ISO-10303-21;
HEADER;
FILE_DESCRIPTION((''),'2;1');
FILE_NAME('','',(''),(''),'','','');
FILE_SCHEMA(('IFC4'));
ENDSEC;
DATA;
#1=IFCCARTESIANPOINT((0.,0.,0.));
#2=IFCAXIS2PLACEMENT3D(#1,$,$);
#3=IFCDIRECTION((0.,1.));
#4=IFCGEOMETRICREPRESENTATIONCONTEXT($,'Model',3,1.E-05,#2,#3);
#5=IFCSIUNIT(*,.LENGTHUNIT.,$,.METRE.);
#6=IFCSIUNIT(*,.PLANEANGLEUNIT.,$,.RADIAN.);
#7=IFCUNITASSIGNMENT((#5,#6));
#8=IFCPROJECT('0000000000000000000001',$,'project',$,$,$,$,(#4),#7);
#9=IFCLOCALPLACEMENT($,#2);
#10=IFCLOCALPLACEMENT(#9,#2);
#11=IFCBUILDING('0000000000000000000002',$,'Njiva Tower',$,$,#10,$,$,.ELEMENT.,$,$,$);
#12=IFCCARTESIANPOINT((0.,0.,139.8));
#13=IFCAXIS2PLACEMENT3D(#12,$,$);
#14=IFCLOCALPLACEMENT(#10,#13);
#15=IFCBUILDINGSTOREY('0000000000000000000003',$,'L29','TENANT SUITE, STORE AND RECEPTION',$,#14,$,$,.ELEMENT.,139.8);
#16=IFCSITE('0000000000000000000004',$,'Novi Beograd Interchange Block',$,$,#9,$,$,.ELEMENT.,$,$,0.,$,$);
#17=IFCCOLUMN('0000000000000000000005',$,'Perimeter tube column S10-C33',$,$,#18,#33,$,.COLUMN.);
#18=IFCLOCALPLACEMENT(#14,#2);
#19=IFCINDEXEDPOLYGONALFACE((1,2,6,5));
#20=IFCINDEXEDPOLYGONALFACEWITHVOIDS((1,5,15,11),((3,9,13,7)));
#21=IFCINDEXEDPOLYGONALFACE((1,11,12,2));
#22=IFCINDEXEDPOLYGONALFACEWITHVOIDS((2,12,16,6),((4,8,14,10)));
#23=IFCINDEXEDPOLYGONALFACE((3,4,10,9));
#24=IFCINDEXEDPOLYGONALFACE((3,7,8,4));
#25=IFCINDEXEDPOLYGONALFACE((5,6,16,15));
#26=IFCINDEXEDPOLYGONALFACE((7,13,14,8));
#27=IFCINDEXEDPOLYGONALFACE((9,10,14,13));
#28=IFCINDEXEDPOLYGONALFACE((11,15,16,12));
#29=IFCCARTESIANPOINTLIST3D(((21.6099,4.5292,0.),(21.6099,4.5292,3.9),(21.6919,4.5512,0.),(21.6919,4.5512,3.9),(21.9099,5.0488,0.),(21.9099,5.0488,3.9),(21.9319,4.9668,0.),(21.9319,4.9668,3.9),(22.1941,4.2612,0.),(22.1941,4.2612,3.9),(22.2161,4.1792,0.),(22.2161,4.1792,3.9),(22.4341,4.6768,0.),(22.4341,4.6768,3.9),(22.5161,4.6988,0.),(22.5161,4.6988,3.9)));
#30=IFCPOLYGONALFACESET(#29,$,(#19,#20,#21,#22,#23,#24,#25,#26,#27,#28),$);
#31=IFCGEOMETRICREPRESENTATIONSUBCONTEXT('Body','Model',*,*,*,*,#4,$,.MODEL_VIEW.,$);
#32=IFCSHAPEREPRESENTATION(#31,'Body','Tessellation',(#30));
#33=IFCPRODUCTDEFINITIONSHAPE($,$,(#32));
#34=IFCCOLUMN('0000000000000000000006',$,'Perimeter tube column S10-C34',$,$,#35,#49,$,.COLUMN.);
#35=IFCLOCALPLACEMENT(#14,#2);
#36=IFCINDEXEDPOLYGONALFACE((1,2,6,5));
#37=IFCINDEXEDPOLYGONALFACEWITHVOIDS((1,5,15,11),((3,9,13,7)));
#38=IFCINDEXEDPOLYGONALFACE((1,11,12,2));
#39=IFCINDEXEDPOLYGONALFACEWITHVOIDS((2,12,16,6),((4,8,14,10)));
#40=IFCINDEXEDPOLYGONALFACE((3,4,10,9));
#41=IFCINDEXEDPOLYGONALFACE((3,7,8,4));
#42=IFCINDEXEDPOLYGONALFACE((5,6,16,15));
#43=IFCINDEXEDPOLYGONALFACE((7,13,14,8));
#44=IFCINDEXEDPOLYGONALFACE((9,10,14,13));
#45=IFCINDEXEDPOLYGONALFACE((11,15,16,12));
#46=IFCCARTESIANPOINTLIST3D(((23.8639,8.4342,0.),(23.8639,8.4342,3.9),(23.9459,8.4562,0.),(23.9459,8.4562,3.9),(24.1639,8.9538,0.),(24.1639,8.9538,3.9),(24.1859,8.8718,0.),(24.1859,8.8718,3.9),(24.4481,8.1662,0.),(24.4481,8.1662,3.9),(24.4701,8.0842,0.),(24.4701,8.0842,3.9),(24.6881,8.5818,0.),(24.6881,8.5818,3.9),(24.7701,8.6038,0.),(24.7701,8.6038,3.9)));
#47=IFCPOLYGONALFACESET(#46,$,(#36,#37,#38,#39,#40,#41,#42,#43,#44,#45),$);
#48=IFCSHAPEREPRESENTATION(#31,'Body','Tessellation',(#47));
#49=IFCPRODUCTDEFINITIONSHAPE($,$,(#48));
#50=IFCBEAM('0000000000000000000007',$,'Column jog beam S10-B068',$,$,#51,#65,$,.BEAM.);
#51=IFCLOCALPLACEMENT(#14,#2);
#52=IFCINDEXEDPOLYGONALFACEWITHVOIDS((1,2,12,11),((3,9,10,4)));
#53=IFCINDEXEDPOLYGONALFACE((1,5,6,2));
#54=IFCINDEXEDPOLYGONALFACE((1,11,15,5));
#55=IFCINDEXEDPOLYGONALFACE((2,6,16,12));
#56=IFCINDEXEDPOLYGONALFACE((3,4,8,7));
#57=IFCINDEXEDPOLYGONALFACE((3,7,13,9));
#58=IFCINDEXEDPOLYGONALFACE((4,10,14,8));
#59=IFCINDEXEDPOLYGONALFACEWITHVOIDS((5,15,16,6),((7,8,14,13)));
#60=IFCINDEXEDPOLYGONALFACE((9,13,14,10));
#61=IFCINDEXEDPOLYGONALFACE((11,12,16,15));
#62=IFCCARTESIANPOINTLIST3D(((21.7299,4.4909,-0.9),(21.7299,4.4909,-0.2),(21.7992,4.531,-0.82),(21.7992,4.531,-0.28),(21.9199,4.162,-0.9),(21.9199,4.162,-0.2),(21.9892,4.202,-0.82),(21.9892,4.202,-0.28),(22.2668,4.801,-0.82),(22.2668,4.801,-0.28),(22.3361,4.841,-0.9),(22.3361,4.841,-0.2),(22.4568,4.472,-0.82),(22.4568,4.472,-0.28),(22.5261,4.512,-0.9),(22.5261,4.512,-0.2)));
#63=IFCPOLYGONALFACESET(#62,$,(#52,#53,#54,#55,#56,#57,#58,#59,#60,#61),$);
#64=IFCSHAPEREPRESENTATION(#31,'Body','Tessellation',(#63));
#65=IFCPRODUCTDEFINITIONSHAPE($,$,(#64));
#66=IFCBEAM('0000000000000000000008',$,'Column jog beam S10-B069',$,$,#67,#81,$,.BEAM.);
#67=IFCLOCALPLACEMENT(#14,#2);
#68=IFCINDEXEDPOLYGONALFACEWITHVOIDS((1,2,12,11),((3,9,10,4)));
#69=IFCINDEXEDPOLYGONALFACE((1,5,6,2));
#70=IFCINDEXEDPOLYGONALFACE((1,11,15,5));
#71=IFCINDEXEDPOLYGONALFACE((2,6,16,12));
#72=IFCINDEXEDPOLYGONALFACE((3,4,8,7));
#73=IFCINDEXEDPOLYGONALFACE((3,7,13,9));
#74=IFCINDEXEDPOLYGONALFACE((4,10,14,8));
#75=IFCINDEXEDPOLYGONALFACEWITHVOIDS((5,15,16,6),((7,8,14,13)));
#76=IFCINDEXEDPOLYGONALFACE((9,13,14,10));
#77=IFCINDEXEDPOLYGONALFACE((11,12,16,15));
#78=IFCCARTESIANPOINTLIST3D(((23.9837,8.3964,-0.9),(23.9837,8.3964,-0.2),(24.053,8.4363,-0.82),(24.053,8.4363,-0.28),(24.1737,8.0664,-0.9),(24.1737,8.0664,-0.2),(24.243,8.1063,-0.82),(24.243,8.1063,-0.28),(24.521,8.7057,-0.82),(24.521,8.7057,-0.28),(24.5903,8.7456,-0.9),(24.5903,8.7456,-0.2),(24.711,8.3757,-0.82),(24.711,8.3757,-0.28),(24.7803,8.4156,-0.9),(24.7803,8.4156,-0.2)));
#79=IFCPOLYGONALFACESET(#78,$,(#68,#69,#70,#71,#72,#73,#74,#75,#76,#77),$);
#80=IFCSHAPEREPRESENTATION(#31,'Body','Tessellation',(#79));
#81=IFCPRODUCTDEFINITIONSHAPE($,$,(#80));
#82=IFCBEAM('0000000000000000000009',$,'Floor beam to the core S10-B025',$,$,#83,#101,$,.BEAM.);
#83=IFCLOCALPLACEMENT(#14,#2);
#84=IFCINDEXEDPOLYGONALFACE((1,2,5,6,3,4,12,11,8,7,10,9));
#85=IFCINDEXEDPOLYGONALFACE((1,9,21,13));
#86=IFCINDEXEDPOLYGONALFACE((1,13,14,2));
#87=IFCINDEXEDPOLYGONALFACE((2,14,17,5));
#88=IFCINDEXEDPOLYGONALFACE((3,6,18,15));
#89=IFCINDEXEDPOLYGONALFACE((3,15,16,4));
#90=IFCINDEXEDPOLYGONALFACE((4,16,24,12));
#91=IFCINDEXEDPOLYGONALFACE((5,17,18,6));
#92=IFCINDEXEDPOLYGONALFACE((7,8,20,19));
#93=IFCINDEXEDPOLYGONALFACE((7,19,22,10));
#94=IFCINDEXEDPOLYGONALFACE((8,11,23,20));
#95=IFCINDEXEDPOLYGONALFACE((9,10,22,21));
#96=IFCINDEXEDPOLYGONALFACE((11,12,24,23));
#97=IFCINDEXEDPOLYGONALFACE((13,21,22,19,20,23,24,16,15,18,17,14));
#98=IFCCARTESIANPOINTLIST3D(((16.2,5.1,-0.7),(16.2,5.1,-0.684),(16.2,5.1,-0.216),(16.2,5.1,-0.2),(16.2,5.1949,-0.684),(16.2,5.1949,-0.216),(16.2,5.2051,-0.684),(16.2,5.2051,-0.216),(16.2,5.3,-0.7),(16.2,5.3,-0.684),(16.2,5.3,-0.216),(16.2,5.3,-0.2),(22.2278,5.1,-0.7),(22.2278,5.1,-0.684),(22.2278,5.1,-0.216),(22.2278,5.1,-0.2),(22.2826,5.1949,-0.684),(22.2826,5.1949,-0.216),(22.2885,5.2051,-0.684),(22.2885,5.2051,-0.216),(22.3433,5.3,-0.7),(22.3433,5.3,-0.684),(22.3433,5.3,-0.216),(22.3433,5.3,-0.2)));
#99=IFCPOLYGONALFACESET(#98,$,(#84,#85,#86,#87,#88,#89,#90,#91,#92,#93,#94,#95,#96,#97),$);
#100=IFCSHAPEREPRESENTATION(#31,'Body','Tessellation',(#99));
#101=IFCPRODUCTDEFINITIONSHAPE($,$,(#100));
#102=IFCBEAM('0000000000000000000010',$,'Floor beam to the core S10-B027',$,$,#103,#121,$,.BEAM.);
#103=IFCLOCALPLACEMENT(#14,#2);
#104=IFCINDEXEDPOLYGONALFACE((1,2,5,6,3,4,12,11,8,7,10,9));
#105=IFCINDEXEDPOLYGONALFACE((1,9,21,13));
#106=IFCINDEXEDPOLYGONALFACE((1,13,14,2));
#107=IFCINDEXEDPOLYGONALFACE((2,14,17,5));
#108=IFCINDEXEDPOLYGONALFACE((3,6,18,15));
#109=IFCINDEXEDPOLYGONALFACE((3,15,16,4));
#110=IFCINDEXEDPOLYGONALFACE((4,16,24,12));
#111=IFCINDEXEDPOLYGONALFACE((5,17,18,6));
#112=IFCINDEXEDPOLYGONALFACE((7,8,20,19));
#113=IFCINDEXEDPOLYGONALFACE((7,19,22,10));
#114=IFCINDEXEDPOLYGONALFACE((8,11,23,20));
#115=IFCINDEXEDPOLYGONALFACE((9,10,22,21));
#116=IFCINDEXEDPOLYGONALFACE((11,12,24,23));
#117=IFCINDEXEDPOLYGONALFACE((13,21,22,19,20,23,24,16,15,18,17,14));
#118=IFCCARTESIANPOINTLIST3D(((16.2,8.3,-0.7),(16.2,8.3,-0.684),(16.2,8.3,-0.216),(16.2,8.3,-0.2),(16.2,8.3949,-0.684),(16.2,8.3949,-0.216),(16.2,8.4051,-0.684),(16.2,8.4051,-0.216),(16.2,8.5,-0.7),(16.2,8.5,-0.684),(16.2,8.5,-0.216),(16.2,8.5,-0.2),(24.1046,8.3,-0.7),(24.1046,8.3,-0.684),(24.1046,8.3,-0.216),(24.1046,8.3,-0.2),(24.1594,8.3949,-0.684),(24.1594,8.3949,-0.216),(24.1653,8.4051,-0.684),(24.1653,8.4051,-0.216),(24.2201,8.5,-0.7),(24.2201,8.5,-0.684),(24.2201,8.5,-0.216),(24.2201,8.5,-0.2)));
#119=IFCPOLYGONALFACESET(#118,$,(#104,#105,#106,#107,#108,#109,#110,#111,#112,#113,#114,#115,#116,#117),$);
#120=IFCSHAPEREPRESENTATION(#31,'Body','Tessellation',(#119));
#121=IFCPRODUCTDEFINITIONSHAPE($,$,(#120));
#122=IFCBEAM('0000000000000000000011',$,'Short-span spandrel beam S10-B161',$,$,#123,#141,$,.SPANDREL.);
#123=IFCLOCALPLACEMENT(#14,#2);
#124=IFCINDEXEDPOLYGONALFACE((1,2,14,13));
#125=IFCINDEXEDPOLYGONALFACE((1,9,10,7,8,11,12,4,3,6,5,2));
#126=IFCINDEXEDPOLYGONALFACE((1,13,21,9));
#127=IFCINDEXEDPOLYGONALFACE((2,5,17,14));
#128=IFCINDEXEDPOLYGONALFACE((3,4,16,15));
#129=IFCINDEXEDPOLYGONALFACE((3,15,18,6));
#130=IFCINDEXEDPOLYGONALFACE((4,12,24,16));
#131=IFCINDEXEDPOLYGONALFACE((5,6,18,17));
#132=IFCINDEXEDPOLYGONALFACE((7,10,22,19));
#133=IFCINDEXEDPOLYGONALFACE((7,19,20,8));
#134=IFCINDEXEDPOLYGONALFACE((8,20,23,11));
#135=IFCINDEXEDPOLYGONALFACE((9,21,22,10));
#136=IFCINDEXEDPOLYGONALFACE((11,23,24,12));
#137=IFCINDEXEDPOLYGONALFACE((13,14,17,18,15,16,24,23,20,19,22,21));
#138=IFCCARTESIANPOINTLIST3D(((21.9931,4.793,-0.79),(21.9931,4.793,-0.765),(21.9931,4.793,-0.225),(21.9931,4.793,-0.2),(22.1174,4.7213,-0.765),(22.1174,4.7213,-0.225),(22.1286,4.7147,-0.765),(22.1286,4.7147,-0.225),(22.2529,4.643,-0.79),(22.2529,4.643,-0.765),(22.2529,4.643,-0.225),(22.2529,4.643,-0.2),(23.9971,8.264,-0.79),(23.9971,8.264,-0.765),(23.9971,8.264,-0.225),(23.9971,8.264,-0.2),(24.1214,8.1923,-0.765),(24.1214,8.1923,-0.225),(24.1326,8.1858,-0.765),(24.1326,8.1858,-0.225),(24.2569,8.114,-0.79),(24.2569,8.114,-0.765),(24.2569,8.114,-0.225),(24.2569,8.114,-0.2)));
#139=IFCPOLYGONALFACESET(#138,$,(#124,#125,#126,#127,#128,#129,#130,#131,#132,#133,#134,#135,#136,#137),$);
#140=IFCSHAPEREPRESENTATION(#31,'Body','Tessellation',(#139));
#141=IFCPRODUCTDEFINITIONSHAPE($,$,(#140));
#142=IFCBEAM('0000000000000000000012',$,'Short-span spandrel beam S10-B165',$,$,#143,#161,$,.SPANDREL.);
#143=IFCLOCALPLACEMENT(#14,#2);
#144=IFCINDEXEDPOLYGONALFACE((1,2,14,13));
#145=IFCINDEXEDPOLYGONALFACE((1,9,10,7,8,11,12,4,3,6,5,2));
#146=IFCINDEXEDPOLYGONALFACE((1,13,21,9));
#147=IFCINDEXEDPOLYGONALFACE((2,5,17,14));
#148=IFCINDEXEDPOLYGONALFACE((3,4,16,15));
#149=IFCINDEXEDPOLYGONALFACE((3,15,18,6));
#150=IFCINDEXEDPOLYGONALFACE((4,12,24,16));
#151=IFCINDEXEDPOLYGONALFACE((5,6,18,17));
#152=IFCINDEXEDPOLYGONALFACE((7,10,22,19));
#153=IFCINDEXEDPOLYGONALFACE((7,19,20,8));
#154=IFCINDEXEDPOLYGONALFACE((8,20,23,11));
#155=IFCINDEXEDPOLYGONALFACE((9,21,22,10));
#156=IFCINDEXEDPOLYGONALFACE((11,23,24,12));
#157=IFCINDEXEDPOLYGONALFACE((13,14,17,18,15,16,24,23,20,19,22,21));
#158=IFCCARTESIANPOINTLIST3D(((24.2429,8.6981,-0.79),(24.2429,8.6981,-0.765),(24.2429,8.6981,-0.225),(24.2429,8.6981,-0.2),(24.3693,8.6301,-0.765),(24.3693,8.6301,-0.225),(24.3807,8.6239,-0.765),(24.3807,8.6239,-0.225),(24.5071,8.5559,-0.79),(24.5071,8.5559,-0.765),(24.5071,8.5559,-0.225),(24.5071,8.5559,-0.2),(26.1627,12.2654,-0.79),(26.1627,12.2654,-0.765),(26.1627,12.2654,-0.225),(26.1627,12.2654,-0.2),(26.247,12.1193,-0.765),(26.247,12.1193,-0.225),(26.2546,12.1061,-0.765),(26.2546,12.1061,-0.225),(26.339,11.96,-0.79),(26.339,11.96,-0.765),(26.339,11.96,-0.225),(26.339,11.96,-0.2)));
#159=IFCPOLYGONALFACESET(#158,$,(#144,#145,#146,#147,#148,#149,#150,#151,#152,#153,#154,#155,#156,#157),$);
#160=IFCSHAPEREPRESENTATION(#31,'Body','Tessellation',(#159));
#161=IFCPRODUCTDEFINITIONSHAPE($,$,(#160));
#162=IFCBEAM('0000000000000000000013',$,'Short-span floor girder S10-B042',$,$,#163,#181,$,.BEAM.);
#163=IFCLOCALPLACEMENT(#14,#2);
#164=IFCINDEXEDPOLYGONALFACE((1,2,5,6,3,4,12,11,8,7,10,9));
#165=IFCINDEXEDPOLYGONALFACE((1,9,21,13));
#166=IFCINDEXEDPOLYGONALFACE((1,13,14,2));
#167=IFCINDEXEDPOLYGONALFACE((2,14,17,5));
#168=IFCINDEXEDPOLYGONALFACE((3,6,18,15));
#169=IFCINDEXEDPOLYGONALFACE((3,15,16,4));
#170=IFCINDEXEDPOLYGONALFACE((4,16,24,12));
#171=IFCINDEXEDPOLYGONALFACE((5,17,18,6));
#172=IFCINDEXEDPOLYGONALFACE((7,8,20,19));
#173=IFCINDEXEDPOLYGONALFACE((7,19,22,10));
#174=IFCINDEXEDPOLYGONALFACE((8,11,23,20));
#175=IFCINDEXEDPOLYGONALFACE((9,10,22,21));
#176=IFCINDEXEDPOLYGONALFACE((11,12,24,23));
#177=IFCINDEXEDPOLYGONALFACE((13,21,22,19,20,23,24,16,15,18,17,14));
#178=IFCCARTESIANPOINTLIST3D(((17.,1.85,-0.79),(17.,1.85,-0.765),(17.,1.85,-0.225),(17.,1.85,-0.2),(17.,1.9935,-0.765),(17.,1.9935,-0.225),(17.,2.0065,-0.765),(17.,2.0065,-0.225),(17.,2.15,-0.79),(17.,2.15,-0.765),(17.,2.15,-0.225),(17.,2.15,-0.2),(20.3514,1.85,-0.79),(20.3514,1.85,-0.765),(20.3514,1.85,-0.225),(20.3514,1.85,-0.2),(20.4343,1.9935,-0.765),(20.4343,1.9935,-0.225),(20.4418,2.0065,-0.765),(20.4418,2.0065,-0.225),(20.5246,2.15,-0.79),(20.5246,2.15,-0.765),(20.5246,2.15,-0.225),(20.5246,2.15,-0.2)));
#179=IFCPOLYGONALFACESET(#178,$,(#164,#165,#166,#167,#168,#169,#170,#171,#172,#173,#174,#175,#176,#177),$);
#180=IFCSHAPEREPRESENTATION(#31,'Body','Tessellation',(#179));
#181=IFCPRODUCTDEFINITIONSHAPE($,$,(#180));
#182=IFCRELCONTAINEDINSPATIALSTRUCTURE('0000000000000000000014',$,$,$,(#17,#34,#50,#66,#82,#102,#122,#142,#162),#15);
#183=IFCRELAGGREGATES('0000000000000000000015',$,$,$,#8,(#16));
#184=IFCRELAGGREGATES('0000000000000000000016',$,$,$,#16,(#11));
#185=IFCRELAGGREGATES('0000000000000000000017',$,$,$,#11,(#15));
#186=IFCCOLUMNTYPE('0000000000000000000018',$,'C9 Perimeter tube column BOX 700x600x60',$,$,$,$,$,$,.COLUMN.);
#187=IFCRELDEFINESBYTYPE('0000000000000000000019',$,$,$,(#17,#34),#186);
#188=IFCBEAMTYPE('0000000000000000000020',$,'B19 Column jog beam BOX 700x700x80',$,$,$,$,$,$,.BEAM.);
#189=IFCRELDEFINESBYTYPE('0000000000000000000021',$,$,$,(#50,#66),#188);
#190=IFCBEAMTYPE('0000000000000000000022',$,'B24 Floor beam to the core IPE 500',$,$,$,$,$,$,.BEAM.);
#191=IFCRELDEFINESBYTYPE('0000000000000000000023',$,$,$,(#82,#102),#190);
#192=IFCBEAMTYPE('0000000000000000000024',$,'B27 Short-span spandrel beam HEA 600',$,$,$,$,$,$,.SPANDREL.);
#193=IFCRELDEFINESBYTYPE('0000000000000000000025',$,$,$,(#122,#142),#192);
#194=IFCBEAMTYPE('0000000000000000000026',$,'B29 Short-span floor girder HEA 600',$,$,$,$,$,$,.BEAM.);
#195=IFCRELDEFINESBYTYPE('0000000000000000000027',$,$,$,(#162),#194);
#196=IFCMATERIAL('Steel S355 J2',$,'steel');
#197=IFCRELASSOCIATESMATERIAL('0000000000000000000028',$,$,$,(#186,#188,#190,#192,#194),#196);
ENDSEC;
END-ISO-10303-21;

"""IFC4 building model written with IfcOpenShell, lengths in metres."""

from ifc_helpers import new_model, si_unit, direction, frame, origin, origin_2d, place, context, subcontext, project, spatial, hollow_rectangle, i_section, extrude, clip, halfspace, material, material_profile, profile_set, type_object, element, save


model = new_model("IFC4")

# Units and contexts
model_context = context("Model", 3, precision=1e-05, world=origin(), true_north=direction((0.0, 1.0)))
body_context = subcontext(model_context, "Body", "Model", "MODEL_VIEW")
ifc_project = project(units=[si_unit("LENGTHUNIT", "METRE"), si_unit("PLANEANGLEUNIT", "RADIAN")], contexts=[model_context])

# Site, building, storey
site_placement = place(None, origin())
site = spatial("IfcSite", under=ifc_project, at=site_placement, Name="Novi Beograd Interchange Block", CompositionType="ELEMENT", RefElevation=0.0)
building_placement = place(site_placement, origin())
building = spatial("IfcBuilding", under=site, at=building_placement, Name="Njiva Tower", CompositionType="ELEMENT")
storey_placement = place(building_placement, frame((0.0, 0.0, 139.8)))
storey = spatial("IfcBuildingStorey", under=building, at=storey_placement, Name="L29", Description="TENANT SUITE, STORE AND RECEPTION", CompositionType="ELEMENT", Elevation=139.8)

# Columns
ifc_material_1 = material(Name="Steel S355 J2", Category="steel")
ifc_material_profile_1 = material_profile(ifc_material_1, hollow_rectangle(XDim=0.6, YDim=0.7, WallThickness=0.06, at=origin_2d()), Name="BOX 700x600x60")
ifc_profile_set_1 = profile_set([ifc_material_profile_1], Name="Steel S355 J2")
column_type = type_object("IfcColumnType", Name="C9 Perimeter tube column BOX 700x600x60", PredefinedType="COLUMN", material=ifc_profile_set_1)
for number, where, z_axis, x_axis, name in (
    (1, (22.063, 4.614, 0.0), (0.0, 0.0, 1.0), (0.5, 0.866025, 0.0), "Perimeter tube column S10-C33"),
    (2, (24.317, 8.519, 0.0), (0.0, 0.0, 1.0), (0.5, 0.866025, 0.0), "Perimeter tube column S10-C34"),
):
    element("IfcColumn", number, at=place(storey_placement, frame(where, z_axis=z_axis, x_axis=x_axis)), inside=storey, type_object=column_type, Name=name, PredefinedType="COLUMN", context=body_context, shape_type="SweptSolid", body=[
        extrude(hollow_rectangle(XDim=0.6, YDim=0.7, WallThickness=0.06, at=origin_2d()), origin(), (0.0, 0.0, 1.0), 3.9),
    ])

# Beams
ifc_material_profile_2 = material_profile(ifc_material_1, hollow_rectangle(XDim=0.7, YDim=0.7, WallThickness=0.08, at=origin_2d()), Name="BOX 700x700x80")
ifc_profile_set_2 = profile_set([ifc_material_profile_2], Name="Steel S355 J2")
beam_type_1 = type_object("IfcBeamType", Name="B19 Column jog beam BOX 700x700x80", PredefinedType="BEAM", material=ifc_profile_set_2)
beam_1_placement = place(storey_placement, frame((22.223, 4.337, -0.55), z_axis=(-0.500102, 0.865966, 0.0), x_axis=(-0.865966, -0.500102, 0.0)))
element("IfcBeam", 3, at=beam_1_placement, inside=storey, type_object=beam_type_1, Name="Column jog beam S10-B068", PredefinedType="BEAM", context=body_context, shape_type="SweptSolid", body=[
    extrude(hollow_rectangle(XDim=0.7, YDim=0.7, WallThickness=0.08, at=origin_2d()), origin(), (0.0, 0.0, 1.0), 0.3799),
])
beam_2_placement = place(storey_placement, frame((24.477, 8.241, -0.55), z_axis=(-0.498964, 0.866622, 0.0), x_axis=(-0.866622, -0.498964, 0.0)))
element("IfcBeam", 4, at=beam_2_placement, inside=storey, type_object=beam_type_1, Name="Column jog beam S10-B069", PredefinedType="BEAM", context=body_context, shape_type="SweptSolid", body=[
    extrude(hollow_rectangle(XDim=0.7, YDim=0.7, WallThickness=0.08, at=origin_2d()), origin(), (0.0, 0.0, 1.0), 0.3808),
])
ifc_material_profile_3 = material_profile(ifc_material_1, i_section(OverallWidth=0.2, OverallDepth=0.5, WebThickness=0.0102, FlangeThickness=0.016, at=origin_2d()), Name="IPE 500")
ifc_profile_set_3 = profile_set([ifc_material_profile_3], Name="Steel S355 J2")
beam_type_2 = type_object("IfcBeamType", Name="B24 Floor beam to the core IPE 500", PredefinedType="BEAM", material=ifc_profile_set_3)
beam_3_placement = place(storey_placement, frame((16.2, 5.2, -0.45), z_axis=(1.0, 0.0, 0.0), x_axis=(0.0, 1.0, 0.0)))
element("IfcBeam", 5, at=beam_3_placement, inside=storey, type_object=beam_type_2, Name="Floor beam to the core S10-B025", PredefinedType="BEAM", context=body_context, shape_type="Clipping", body=[
    clip(extrude(i_section(OverallWidth=0.2, OverallDepth=0.5, WebThickness=0.0102, FlangeThickness=0.016, at=origin_2d()), origin(), (0.0, 0.0, 1.0), 6.164), halfspace(frame((-0.025, 0.0, 6.0711), z_axis=(-0.499998, 0.0, 0.866027), x_axis=(0.0, 1.0, 0.0)), False)),
])
beam_4_placement = place(storey_placement, frame((16.2, 8.4, -0.45), z_axis=(1.0, 0.0, 0.0), x_axis=(0.0, 1.0, 0.0)))
element("IfcBeam", 6, at=beam_4_placement, inside=storey, type_object=beam_type_2, Name="Floor beam to the core S10-B027", PredefinedType="BEAM", context=body_context, shape_type="Clipping", body=[
    clip(extrude(i_section(OverallWidth=0.2, OverallDepth=0.5, WebThickness=0.0102, FlangeThickness=0.016, at=origin_2d()), origin(), (0.0, 0.0, 1.0), 8.04), halfspace(frame((-0.025, 0.0, 7.9479), z_axis=(-0.499998, 0.0, 0.866027), x_axis=(0.0, 1.0, 0.0)), False)),
])
ifc_material_profile_4 = material_profile(ifc_material_1, i_section(OverallWidth=0.3, OverallDepth=0.59, WebThickness=0.013, FlangeThickness=0.025, at=origin_2d()), Name="HEA 600")
ifc_profile_set_4 = profile_set([ifc_material_profile_4], Name="Steel S355 J2")
beam_type_3 = type_object("IfcBeamType", Name="B27 Short-span spandrel beam HEA 600", PredefinedType="SPANDREL", material=ifc_profile_set_4)
beam_5_placement = place(storey_placement, frame((22.123, 4.718, -0.495), z_axis=(0.500003, 0.866024, 0.0), x_axis=(-0.866024, 0.500003, 0.0)))
element("IfcBeam", 7, at=beam_5_placement, inside=storey, type_object=beam_type_3, Name="Short-span spandrel beam S10-B161", PredefinedType="SPANDREL", context=body_context, shape_type="SweptSolid", body=[
    extrude(i_section(OverallWidth=0.3, OverallDepth=0.59, WebThickness=0.013, FlangeThickness=0.025, at=origin_2d()), origin(), (0.0, 0.0, 1.0), 4.008),
])
beam_6_placement = place(storey_placement, frame((24.375, 8.627, -0.495), z_axis=(0.473889, 0.880585, 0.0), x_axis=(-0.880585, 0.473889, 0.0)))
element("IfcBeam", 8, at=beam_6_placement, inside=storey, type_object=beam_type_3, Name="Short-span spandrel beam S10-B165", PredefinedType="SPANDREL", context=body_context, shape_type="Clipping", body=[
    clip(extrude(i_section(OverallWidth=0.3, OverallDepth=0.59, WebThickness=0.013, FlangeThickness=0.025, at=origin_2d()), origin(), (0.0, 0.0, 1.0), 4.0717), halfspace(frame((-0.026, 0.0, 3.9423), z_axis=(-0.525666, 0.0, 0.850691), x_axis=(0.0, 1.0, 0.0)), False)),
])
ifc_material_profile_5 = material_profile(ifc_material_1, i_section(OverallWidth=0.3, OverallDepth=0.59, WebThickness=0.013, FlangeThickness=0.025, at=origin_2d()), Name="HEA 600")
ifc_profile_set_5 = profile_set([ifc_material_profile_5], Name="Steel S355 J2")
beam_type_4 = type_object("IfcBeamType", Name="B29 Short-span floor girder HEA 600", PredefinedType="BEAM", material=ifc_profile_set_5)
beam_7_placement = place(storey_placement, frame((17.0, 2.0, -0.495), z_axis=(1.0, 0.0, 0.0), x_axis=(0.0, 1.0, 0.0)))
element("IfcBeam", 9, at=beam_7_placement, inside=storey, type_object=beam_type_4, Name="Short-span floor girder S10-B042", PredefinedType="BEAM", context=body_context, shape_type="Clipping", body=[
    clip(extrude(i_section(OverallWidth=0.3, OverallDepth=0.59, WebThickness=0.013, FlangeThickness=0.025, at=origin_2d()), origin(), (0.0, 0.0, 1.0), 3.545), halfspace(frame((-0.025, 0.0, 3.4236), z_axis=(-0.499998, 0.0, 0.866027), x_axis=(0.0, 1.0, 0.0)), False)),
])

save(model, "model.ifc")
